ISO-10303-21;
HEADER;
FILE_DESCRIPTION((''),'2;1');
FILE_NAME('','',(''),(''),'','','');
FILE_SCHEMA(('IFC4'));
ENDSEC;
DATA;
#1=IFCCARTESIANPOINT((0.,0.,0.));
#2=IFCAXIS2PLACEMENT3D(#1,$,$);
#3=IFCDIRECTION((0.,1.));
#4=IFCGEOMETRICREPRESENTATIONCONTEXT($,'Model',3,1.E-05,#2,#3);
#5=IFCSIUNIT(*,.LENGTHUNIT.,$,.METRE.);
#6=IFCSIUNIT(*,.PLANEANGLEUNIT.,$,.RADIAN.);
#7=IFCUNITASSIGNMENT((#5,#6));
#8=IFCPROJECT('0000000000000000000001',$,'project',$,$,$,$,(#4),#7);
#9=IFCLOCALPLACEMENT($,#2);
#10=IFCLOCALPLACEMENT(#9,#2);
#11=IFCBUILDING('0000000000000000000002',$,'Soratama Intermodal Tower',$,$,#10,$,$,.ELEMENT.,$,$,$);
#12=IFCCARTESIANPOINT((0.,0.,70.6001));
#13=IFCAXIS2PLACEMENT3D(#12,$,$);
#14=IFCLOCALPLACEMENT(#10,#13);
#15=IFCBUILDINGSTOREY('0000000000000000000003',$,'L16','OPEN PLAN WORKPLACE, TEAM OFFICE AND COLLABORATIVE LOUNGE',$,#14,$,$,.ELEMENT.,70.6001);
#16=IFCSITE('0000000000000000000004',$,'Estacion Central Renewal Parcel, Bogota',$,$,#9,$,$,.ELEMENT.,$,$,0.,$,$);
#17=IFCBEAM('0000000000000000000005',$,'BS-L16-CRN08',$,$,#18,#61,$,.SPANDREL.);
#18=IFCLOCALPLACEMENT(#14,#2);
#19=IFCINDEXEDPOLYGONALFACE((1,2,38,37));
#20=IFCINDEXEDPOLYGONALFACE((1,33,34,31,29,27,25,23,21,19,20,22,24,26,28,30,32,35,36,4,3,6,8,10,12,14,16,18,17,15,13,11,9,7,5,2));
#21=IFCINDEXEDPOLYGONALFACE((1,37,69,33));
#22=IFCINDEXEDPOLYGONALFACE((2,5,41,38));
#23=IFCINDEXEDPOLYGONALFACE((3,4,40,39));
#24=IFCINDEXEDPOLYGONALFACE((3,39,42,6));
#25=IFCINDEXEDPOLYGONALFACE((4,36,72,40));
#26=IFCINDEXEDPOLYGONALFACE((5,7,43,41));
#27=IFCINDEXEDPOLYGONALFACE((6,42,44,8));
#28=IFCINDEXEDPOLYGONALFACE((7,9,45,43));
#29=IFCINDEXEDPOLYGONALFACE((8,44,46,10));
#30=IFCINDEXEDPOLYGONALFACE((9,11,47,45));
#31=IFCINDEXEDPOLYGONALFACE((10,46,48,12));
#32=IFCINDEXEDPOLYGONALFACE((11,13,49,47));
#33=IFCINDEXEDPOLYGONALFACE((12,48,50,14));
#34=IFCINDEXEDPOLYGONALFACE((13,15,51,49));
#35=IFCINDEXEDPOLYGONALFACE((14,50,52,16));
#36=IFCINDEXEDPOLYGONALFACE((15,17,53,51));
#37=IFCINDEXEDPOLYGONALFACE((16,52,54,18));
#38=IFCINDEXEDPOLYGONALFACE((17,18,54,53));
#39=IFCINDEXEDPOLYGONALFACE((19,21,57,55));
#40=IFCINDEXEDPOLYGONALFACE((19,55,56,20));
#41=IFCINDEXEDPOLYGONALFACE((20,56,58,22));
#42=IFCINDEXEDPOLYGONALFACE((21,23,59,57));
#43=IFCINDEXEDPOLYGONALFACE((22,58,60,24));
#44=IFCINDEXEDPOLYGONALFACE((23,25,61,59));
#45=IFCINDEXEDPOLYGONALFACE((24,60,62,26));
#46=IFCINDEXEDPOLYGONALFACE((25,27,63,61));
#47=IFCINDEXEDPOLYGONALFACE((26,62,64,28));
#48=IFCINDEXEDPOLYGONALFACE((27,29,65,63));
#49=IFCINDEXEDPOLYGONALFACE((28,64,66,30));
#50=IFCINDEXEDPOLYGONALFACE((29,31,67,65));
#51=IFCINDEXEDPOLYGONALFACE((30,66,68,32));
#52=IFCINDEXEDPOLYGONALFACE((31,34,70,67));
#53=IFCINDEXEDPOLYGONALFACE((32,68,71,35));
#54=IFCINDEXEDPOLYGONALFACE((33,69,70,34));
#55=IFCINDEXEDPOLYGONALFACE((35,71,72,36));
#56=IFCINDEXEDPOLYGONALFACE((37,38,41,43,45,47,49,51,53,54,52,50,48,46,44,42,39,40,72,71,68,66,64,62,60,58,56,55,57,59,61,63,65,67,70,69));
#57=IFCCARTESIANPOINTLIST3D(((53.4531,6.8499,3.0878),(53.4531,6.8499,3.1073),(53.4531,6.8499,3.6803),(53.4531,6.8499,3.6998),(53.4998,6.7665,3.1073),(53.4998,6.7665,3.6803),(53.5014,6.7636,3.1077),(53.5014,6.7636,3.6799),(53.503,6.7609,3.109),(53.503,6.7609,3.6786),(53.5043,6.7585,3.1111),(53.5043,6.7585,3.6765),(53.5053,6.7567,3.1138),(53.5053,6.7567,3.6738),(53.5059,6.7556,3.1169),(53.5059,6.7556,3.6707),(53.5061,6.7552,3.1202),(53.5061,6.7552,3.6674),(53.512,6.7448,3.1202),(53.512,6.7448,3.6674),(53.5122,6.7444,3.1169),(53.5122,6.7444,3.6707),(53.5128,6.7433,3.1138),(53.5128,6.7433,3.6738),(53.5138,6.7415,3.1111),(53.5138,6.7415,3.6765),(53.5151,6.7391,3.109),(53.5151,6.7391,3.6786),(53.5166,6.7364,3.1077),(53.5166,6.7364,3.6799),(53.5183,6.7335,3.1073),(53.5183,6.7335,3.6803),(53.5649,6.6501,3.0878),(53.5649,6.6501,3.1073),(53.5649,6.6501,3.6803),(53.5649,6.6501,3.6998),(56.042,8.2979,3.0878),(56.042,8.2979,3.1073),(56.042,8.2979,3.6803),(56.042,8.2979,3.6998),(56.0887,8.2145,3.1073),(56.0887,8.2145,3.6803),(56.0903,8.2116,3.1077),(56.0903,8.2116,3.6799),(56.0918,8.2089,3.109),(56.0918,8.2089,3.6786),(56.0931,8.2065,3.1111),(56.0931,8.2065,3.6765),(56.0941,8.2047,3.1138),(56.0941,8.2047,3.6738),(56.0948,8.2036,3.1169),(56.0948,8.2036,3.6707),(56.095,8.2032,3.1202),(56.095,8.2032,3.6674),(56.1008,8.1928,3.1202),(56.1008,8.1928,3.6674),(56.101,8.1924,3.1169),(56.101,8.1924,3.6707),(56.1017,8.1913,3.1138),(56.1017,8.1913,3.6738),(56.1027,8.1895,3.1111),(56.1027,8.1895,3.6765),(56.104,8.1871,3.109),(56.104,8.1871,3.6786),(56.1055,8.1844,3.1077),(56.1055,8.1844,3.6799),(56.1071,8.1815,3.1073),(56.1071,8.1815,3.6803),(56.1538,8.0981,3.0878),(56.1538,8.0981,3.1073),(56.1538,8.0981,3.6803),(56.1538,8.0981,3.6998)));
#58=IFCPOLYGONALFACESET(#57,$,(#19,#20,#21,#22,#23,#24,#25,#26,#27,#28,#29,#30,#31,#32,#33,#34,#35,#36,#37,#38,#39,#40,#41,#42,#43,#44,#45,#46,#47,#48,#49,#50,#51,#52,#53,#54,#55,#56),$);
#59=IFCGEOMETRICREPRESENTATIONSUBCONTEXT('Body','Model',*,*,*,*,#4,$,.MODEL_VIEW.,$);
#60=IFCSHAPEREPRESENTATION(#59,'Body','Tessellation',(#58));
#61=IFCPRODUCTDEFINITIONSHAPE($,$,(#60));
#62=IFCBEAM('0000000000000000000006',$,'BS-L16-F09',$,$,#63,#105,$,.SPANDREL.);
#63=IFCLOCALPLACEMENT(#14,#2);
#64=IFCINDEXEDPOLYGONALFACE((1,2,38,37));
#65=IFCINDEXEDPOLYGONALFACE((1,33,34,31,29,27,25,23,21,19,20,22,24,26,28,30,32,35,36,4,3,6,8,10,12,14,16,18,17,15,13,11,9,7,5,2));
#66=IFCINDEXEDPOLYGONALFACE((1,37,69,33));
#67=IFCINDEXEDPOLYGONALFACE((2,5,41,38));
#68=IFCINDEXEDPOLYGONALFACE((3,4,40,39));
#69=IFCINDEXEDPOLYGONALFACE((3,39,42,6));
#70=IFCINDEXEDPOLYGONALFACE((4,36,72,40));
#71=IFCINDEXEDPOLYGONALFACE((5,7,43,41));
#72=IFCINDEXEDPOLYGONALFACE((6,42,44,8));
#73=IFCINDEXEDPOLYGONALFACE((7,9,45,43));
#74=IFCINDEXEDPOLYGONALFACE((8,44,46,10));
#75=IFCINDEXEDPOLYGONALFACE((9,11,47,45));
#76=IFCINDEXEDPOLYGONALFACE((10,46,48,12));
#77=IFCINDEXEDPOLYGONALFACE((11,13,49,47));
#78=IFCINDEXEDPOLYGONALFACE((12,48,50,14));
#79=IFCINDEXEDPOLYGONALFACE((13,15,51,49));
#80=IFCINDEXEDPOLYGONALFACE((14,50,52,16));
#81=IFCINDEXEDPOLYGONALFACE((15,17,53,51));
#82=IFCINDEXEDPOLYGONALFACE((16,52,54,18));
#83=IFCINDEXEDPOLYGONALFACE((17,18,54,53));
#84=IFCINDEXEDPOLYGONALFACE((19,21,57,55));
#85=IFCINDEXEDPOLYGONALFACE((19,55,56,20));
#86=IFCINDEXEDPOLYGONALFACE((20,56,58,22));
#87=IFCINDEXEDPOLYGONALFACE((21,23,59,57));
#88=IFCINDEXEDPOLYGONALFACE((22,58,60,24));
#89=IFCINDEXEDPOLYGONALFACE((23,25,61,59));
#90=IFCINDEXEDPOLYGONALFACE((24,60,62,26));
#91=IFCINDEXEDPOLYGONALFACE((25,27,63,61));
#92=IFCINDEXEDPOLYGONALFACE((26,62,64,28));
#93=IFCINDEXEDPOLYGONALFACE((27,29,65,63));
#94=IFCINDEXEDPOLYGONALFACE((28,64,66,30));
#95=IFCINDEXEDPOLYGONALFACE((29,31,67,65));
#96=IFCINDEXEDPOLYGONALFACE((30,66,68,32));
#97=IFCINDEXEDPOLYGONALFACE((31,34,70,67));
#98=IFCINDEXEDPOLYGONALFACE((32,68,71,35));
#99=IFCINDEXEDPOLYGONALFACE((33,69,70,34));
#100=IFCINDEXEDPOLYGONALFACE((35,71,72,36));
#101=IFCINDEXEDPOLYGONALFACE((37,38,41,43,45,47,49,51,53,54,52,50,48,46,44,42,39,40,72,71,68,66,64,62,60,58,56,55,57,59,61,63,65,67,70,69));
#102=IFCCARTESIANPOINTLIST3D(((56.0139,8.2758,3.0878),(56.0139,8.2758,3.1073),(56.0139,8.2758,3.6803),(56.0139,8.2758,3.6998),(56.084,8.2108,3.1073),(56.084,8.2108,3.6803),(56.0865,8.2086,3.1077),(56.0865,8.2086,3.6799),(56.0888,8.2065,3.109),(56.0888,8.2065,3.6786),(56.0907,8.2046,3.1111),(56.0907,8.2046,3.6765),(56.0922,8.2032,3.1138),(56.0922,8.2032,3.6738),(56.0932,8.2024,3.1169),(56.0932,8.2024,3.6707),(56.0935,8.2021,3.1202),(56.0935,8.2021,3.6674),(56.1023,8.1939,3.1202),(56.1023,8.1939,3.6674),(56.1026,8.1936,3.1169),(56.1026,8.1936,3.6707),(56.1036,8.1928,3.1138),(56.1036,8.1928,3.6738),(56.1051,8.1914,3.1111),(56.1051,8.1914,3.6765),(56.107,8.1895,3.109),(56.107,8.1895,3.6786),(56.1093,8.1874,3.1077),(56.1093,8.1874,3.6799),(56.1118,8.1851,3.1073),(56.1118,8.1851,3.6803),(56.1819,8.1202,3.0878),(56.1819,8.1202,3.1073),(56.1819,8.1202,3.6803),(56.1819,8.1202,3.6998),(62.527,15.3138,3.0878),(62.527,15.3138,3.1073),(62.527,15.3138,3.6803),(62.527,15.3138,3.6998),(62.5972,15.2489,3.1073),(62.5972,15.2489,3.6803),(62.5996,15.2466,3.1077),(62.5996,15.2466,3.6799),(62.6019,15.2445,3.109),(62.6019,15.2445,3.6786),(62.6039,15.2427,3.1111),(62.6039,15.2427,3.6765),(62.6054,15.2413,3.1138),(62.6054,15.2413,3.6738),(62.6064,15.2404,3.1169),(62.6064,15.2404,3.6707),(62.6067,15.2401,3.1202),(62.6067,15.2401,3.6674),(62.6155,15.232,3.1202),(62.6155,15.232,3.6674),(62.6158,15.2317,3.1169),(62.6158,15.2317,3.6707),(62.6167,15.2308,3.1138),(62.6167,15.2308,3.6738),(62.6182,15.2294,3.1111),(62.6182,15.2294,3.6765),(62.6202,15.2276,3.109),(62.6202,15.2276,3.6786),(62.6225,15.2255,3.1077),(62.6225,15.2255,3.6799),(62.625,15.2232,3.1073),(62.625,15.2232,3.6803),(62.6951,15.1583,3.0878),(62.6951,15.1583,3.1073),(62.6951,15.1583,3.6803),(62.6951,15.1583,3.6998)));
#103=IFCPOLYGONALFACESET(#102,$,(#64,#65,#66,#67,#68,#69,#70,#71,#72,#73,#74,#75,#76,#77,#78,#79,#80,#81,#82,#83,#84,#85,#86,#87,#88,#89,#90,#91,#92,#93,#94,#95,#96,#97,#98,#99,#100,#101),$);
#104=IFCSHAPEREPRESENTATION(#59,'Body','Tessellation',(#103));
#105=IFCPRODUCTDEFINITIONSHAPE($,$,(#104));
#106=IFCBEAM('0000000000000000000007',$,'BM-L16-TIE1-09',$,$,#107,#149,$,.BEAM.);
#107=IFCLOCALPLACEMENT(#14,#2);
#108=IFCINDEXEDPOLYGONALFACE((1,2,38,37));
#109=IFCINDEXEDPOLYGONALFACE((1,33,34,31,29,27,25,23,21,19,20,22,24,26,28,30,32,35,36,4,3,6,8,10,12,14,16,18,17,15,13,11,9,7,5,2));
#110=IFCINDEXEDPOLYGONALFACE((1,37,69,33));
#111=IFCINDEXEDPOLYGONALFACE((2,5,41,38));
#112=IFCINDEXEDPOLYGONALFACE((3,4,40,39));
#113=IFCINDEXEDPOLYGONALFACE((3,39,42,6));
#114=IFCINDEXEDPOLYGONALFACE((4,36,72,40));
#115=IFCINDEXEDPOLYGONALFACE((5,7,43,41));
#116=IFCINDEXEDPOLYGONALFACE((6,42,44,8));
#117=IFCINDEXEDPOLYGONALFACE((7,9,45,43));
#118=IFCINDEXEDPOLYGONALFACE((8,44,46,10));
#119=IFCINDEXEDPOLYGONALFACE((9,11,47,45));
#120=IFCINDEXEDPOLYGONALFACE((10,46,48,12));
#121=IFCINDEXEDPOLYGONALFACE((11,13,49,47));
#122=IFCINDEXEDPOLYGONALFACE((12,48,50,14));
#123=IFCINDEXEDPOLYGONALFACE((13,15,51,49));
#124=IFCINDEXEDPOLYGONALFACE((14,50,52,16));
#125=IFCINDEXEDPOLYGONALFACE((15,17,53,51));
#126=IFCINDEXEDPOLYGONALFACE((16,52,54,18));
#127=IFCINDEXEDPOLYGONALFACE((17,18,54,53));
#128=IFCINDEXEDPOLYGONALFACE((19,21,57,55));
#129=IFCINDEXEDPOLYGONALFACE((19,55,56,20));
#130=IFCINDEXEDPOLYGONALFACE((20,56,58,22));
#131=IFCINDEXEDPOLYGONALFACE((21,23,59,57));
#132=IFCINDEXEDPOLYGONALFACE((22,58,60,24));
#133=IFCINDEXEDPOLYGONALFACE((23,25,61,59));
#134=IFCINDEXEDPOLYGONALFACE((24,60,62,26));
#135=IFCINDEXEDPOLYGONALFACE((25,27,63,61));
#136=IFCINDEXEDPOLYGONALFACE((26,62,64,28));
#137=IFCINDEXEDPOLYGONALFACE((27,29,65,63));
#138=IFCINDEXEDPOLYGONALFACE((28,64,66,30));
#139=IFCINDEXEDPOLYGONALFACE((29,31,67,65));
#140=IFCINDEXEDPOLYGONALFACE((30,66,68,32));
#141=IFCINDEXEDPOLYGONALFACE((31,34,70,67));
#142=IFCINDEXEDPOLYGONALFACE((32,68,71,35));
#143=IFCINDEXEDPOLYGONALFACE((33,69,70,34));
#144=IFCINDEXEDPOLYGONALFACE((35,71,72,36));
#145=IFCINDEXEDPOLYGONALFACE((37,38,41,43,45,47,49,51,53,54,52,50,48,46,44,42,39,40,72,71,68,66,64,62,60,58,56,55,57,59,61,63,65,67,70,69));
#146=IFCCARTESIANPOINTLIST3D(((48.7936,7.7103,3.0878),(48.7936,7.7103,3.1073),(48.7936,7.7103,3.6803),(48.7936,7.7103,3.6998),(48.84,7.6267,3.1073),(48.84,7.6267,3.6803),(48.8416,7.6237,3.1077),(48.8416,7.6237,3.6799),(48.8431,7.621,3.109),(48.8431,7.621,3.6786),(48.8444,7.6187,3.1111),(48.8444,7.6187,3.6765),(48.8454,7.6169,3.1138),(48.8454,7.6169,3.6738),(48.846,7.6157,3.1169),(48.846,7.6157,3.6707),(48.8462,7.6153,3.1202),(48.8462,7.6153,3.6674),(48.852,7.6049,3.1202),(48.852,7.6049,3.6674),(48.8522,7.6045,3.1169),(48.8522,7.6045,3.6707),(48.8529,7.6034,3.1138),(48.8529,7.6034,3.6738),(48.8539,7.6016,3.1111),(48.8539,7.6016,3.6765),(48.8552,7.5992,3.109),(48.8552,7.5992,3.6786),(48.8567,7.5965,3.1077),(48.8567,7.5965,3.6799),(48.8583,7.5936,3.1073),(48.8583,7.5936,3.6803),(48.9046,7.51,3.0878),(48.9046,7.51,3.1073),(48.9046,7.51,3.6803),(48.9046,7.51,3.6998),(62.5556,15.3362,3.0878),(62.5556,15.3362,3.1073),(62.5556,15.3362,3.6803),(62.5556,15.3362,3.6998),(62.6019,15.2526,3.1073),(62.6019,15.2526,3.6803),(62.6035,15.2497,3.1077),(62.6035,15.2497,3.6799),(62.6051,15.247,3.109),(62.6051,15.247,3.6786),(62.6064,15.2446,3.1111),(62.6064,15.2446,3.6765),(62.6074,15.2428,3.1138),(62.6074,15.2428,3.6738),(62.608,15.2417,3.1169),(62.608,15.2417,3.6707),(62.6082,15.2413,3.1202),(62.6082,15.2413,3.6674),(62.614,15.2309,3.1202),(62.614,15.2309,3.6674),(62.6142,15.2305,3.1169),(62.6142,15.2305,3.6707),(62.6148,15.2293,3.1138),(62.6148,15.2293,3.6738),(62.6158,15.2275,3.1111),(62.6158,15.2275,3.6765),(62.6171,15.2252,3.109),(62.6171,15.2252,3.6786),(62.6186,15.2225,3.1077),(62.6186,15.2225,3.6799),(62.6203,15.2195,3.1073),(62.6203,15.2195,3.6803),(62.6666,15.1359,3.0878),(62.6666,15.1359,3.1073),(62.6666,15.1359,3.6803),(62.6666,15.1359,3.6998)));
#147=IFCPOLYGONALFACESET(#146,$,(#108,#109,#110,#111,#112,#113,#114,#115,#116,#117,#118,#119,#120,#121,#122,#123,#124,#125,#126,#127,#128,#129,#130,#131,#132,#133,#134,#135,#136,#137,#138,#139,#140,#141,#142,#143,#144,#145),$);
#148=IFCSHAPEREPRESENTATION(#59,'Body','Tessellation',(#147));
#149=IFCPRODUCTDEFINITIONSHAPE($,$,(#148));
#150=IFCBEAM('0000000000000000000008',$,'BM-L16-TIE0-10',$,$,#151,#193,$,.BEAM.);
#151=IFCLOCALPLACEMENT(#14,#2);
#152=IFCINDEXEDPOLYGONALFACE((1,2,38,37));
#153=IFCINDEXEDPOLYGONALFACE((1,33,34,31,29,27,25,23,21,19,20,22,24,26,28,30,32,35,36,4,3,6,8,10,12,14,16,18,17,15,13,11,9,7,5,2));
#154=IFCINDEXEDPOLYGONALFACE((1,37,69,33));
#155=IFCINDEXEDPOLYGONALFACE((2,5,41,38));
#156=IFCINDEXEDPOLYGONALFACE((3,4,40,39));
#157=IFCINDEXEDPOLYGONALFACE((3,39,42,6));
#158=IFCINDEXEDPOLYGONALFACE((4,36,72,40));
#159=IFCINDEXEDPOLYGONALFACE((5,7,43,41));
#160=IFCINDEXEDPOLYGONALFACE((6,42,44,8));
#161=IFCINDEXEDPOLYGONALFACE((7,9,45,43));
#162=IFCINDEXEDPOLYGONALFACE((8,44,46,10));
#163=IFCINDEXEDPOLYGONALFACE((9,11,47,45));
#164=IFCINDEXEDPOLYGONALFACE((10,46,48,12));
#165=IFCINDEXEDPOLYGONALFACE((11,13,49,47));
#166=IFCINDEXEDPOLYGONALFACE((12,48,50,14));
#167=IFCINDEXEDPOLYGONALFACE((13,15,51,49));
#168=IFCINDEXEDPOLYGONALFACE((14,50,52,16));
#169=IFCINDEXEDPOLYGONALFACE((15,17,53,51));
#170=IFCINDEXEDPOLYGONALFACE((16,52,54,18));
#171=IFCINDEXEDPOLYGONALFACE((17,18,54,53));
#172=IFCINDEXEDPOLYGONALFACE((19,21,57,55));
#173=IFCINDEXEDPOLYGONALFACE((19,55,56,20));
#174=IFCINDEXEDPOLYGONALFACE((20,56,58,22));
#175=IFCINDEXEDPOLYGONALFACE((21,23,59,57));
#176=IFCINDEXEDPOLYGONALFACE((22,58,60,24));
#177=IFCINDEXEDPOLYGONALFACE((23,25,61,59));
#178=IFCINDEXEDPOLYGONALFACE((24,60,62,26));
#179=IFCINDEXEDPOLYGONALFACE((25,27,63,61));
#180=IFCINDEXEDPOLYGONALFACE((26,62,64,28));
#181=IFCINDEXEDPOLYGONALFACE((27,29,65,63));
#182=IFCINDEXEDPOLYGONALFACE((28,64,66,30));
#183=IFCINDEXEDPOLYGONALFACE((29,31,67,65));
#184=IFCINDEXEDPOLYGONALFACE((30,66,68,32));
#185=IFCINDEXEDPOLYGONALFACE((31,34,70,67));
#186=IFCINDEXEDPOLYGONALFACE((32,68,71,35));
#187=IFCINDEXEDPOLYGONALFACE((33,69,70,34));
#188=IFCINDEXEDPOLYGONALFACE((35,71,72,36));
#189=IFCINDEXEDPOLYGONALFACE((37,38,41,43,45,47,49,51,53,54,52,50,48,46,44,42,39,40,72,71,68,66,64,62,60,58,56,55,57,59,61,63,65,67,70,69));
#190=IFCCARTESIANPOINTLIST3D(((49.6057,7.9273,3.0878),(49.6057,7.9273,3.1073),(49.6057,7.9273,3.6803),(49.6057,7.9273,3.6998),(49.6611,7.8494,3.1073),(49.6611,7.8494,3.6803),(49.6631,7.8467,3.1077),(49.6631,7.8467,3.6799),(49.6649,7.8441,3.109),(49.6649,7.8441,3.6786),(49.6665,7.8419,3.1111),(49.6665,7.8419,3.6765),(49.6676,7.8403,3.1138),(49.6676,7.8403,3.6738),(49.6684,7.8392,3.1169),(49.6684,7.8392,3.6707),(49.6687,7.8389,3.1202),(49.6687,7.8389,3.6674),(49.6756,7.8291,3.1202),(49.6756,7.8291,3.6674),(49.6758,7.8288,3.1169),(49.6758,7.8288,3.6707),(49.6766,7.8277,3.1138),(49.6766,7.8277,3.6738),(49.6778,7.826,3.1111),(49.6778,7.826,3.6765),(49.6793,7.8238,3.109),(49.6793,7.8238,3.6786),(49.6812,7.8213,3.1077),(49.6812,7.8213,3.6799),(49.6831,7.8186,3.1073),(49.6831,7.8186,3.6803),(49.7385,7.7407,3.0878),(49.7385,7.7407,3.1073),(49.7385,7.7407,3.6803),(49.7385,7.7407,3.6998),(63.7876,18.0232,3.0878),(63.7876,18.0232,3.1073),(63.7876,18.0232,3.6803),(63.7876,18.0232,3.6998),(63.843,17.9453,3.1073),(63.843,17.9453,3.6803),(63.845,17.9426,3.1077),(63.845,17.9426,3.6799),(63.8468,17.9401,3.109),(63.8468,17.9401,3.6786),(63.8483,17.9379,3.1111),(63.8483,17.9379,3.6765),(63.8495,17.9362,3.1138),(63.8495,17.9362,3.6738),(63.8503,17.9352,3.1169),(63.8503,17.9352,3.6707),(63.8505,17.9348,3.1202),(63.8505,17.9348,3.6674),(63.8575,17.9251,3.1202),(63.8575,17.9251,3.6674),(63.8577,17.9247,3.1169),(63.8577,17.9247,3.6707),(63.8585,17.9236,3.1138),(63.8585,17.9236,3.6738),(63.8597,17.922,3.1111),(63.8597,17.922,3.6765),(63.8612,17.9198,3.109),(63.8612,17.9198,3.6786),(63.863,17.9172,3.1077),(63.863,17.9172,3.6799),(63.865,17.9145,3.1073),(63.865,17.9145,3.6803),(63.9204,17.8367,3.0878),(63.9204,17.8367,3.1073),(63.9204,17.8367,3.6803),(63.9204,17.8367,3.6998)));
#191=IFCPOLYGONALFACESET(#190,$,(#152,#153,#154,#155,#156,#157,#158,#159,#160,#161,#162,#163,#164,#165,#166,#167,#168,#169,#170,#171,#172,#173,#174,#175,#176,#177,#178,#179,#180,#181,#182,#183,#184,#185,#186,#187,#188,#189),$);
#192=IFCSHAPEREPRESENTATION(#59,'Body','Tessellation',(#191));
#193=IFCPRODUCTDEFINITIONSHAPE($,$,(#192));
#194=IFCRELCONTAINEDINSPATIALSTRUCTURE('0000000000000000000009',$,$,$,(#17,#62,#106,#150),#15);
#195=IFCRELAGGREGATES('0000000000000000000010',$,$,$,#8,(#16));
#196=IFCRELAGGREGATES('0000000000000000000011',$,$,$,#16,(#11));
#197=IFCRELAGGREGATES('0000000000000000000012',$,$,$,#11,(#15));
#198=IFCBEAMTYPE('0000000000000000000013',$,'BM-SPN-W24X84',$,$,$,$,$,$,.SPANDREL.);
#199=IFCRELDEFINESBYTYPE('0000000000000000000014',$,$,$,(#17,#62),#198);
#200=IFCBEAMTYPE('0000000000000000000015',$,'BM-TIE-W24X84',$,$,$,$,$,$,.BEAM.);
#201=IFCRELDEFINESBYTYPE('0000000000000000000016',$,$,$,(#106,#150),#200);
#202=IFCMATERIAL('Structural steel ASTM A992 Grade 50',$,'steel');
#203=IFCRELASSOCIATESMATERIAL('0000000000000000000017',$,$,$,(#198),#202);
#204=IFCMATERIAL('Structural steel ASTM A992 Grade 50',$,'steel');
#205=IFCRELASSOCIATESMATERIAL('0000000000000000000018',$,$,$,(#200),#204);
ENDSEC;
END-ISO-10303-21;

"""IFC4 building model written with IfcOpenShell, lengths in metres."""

from ifc_helpers import new_model, si_unit, direction, frame, origin, origin_2d, place, context, subcontext, project, spatial, i_section, extrude, material, material_profile, profile_set, type_object, element, save


model = new_model("IFC4")

# Units and contexts
model_context = context("Model", 3, precision=1e-05, world=origin(), true_north=direction((0.0, 1.0)))
body_context = subcontext(model_context, "Body", "Model", "MODEL_VIEW")
ifc_project = project(units=[si_unit("LENGTHUNIT", "METRE"), si_unit("PLANEANGLEUNIT", "RADIAN")], contexts=[model_context])

# Site, building, storey
site_placement = place(None, origin())
site = spatial("IfcSite", under=ifc_project, at=site_placement, Name="Estacion Central Renewal Parcel, Bogota", CompositionType="ELEMENT", RefElevation=0.0)
building_placement = place(site_placement, origin())
building = spatial("IfcBuilding", under=site, at=building_placement, Name="Soratama Intermodal Tower", CompositionType="ELEMENT")
storey_placement = place(building_placement, frame((0.0, 0.0, 70.6001)))
storey = spatial("IfcBuildingStorey", under=building, at=storey_placement, Name="L16", Description="OPEN PLAN WORKPLACE, TEAM OFFICE AND COLLABORATIVE LOUNGE", CompositionType="ELEMENT", Elevation=70.6001)

# Beams
ifc_material_1 = material(Name="Structural steel ASTM A992 Grade 50", Category="steel")
ifc_material_profile_1 = material_profile(ifc_material_1, i_section(OverallWidth=0.229, OverallDepth=0.6121, WebThickness=0.012, FlangeThickness=0.0195, FilletRadius=0.0129, at=origin_2d()), Name="W24X84")
ifc_profile_set_1 = profile_set([ifc_material_profile_1], Name="Structural steel ASTM A992 Grade 50")
beam_type_1 = type_object("IfcBeamType", Name="BM-SPN-W24X84", PredefinedType="SPANDREL", material=ifc_profile_set_1)
beam_1_placement = place(storey_placement, frame((53.509, 6.75, 3.3938), z_axis=(0.87276, 0.48815, 0.0), x_axis=(-0.48815, 0.87276, 0.0)))
element("IfcBeam", 1, at=beam_1_placement, inside=storey, type_object=beam_type_1, Name="BS-L16-CRN08", PredefinedType="SPANDREL", context=body_context, shape_type="SweptSolid", body=[
    extrude(i_section(OverallWidth=0.229, OverallDepth=0.6121, WebThickness=0.012, FlangeThickness=0.0195, FilletRadius=0.0129, at=origin_2d()), origin(), (0.0, 0.0, 1.0), 2.9663),
])
beam_2_placement = place(storey_placement, frame((56.0979, 8.198, 3.3938), z_axis=(0.679208, 0.733946, 0.0), x_axis=(-0.733946, 0.679208, 0.0)))
element("IfcBeam", 2, at=beam_2_placement, inside=storey, type_object=beam_type_1, Name="BS-L16-F09", PredefinedType="SPANDREL", context=body_context, shape_type="SweptSolid", body=[
    extrude(i_section(OverallWidth=0.229, OverallDepth=0.6121, WebThickness=0.012, FlangeThickness=0.0195, FilletRadius=0.0129, at=origin_2d()), origin(), (0.0, 0.0, 1.0), 9.5894),
])
ifc_material_2 = material(Name="Structural steel ASTM A992 Grade 50", Category="steel")
ifc_material_profile_2 = material_profile(ifc_material_2, i_section(OverallWidth=0.229, OverallDepth=0.6121, WebThickness=0.012, FlangeThickness=0.0195, FilletRadius=0.0129, at=origin_2d()), Name="W24X84")
ifc_profile_set_2 = profile_set([ifc_material_profile_2], Name="Structural steel ASTM A992 Grade 50")
beam_type_2 = type_object("IfcBeamType", Name="BM-TIE-W24X84", PredefinedType="BEAM", material=ifc_profile_set_2)
beam_3_placement = place(storey_placement, frame((48.8491, 7.6101, 3.3938), z_axis=(0.874684, 0.484693, 0.0), x_axis=(-0.484693, 0.874684, 0.0)))
element("IfcBeam", 3, at=beam_3_placement, inside=storey, type_object=beam_type_2, Name="BM-L16-TIE1-09", PredefinedType="BEAM", context=body_context, shape_type="SweptSolid", body=[
    extrude(i_section(OverallWidth=0.229, OverallDepth=0.6121, WebThickness=0.012, FlangeThickness=0.0195, FilletRadius=0.0129, at=origin_2d()), origin(), (0.0, 0.0, 1.0), 15.7336),
])
beam_4_placement = place(storey_placement, frame((49.6721, 7.834, 3.3938), z_axis=(0.814655, 0.579945, 0.0), x_axis=(-0.579945, 0.814655, 0.0)))
element("IfcBeam", 4, at=beam_4_placement, inside=storey, type_object=beam_type_2, Name="BM-L16-TIE0-10", PredefinedType="BEAM", context=body_context, shape_type="SweptSolid", body=[
    extrude(i_section(OverallWidth=0.229, OverallDepth=0.6121, WebThickness=0.012, FlangeThickness=0.0195, FilletRadius=0.0129, at=origin_2d()), origin(), (0.0, 0.0, 1.0), 17.4084),
])

save(model, "model.ifc")
